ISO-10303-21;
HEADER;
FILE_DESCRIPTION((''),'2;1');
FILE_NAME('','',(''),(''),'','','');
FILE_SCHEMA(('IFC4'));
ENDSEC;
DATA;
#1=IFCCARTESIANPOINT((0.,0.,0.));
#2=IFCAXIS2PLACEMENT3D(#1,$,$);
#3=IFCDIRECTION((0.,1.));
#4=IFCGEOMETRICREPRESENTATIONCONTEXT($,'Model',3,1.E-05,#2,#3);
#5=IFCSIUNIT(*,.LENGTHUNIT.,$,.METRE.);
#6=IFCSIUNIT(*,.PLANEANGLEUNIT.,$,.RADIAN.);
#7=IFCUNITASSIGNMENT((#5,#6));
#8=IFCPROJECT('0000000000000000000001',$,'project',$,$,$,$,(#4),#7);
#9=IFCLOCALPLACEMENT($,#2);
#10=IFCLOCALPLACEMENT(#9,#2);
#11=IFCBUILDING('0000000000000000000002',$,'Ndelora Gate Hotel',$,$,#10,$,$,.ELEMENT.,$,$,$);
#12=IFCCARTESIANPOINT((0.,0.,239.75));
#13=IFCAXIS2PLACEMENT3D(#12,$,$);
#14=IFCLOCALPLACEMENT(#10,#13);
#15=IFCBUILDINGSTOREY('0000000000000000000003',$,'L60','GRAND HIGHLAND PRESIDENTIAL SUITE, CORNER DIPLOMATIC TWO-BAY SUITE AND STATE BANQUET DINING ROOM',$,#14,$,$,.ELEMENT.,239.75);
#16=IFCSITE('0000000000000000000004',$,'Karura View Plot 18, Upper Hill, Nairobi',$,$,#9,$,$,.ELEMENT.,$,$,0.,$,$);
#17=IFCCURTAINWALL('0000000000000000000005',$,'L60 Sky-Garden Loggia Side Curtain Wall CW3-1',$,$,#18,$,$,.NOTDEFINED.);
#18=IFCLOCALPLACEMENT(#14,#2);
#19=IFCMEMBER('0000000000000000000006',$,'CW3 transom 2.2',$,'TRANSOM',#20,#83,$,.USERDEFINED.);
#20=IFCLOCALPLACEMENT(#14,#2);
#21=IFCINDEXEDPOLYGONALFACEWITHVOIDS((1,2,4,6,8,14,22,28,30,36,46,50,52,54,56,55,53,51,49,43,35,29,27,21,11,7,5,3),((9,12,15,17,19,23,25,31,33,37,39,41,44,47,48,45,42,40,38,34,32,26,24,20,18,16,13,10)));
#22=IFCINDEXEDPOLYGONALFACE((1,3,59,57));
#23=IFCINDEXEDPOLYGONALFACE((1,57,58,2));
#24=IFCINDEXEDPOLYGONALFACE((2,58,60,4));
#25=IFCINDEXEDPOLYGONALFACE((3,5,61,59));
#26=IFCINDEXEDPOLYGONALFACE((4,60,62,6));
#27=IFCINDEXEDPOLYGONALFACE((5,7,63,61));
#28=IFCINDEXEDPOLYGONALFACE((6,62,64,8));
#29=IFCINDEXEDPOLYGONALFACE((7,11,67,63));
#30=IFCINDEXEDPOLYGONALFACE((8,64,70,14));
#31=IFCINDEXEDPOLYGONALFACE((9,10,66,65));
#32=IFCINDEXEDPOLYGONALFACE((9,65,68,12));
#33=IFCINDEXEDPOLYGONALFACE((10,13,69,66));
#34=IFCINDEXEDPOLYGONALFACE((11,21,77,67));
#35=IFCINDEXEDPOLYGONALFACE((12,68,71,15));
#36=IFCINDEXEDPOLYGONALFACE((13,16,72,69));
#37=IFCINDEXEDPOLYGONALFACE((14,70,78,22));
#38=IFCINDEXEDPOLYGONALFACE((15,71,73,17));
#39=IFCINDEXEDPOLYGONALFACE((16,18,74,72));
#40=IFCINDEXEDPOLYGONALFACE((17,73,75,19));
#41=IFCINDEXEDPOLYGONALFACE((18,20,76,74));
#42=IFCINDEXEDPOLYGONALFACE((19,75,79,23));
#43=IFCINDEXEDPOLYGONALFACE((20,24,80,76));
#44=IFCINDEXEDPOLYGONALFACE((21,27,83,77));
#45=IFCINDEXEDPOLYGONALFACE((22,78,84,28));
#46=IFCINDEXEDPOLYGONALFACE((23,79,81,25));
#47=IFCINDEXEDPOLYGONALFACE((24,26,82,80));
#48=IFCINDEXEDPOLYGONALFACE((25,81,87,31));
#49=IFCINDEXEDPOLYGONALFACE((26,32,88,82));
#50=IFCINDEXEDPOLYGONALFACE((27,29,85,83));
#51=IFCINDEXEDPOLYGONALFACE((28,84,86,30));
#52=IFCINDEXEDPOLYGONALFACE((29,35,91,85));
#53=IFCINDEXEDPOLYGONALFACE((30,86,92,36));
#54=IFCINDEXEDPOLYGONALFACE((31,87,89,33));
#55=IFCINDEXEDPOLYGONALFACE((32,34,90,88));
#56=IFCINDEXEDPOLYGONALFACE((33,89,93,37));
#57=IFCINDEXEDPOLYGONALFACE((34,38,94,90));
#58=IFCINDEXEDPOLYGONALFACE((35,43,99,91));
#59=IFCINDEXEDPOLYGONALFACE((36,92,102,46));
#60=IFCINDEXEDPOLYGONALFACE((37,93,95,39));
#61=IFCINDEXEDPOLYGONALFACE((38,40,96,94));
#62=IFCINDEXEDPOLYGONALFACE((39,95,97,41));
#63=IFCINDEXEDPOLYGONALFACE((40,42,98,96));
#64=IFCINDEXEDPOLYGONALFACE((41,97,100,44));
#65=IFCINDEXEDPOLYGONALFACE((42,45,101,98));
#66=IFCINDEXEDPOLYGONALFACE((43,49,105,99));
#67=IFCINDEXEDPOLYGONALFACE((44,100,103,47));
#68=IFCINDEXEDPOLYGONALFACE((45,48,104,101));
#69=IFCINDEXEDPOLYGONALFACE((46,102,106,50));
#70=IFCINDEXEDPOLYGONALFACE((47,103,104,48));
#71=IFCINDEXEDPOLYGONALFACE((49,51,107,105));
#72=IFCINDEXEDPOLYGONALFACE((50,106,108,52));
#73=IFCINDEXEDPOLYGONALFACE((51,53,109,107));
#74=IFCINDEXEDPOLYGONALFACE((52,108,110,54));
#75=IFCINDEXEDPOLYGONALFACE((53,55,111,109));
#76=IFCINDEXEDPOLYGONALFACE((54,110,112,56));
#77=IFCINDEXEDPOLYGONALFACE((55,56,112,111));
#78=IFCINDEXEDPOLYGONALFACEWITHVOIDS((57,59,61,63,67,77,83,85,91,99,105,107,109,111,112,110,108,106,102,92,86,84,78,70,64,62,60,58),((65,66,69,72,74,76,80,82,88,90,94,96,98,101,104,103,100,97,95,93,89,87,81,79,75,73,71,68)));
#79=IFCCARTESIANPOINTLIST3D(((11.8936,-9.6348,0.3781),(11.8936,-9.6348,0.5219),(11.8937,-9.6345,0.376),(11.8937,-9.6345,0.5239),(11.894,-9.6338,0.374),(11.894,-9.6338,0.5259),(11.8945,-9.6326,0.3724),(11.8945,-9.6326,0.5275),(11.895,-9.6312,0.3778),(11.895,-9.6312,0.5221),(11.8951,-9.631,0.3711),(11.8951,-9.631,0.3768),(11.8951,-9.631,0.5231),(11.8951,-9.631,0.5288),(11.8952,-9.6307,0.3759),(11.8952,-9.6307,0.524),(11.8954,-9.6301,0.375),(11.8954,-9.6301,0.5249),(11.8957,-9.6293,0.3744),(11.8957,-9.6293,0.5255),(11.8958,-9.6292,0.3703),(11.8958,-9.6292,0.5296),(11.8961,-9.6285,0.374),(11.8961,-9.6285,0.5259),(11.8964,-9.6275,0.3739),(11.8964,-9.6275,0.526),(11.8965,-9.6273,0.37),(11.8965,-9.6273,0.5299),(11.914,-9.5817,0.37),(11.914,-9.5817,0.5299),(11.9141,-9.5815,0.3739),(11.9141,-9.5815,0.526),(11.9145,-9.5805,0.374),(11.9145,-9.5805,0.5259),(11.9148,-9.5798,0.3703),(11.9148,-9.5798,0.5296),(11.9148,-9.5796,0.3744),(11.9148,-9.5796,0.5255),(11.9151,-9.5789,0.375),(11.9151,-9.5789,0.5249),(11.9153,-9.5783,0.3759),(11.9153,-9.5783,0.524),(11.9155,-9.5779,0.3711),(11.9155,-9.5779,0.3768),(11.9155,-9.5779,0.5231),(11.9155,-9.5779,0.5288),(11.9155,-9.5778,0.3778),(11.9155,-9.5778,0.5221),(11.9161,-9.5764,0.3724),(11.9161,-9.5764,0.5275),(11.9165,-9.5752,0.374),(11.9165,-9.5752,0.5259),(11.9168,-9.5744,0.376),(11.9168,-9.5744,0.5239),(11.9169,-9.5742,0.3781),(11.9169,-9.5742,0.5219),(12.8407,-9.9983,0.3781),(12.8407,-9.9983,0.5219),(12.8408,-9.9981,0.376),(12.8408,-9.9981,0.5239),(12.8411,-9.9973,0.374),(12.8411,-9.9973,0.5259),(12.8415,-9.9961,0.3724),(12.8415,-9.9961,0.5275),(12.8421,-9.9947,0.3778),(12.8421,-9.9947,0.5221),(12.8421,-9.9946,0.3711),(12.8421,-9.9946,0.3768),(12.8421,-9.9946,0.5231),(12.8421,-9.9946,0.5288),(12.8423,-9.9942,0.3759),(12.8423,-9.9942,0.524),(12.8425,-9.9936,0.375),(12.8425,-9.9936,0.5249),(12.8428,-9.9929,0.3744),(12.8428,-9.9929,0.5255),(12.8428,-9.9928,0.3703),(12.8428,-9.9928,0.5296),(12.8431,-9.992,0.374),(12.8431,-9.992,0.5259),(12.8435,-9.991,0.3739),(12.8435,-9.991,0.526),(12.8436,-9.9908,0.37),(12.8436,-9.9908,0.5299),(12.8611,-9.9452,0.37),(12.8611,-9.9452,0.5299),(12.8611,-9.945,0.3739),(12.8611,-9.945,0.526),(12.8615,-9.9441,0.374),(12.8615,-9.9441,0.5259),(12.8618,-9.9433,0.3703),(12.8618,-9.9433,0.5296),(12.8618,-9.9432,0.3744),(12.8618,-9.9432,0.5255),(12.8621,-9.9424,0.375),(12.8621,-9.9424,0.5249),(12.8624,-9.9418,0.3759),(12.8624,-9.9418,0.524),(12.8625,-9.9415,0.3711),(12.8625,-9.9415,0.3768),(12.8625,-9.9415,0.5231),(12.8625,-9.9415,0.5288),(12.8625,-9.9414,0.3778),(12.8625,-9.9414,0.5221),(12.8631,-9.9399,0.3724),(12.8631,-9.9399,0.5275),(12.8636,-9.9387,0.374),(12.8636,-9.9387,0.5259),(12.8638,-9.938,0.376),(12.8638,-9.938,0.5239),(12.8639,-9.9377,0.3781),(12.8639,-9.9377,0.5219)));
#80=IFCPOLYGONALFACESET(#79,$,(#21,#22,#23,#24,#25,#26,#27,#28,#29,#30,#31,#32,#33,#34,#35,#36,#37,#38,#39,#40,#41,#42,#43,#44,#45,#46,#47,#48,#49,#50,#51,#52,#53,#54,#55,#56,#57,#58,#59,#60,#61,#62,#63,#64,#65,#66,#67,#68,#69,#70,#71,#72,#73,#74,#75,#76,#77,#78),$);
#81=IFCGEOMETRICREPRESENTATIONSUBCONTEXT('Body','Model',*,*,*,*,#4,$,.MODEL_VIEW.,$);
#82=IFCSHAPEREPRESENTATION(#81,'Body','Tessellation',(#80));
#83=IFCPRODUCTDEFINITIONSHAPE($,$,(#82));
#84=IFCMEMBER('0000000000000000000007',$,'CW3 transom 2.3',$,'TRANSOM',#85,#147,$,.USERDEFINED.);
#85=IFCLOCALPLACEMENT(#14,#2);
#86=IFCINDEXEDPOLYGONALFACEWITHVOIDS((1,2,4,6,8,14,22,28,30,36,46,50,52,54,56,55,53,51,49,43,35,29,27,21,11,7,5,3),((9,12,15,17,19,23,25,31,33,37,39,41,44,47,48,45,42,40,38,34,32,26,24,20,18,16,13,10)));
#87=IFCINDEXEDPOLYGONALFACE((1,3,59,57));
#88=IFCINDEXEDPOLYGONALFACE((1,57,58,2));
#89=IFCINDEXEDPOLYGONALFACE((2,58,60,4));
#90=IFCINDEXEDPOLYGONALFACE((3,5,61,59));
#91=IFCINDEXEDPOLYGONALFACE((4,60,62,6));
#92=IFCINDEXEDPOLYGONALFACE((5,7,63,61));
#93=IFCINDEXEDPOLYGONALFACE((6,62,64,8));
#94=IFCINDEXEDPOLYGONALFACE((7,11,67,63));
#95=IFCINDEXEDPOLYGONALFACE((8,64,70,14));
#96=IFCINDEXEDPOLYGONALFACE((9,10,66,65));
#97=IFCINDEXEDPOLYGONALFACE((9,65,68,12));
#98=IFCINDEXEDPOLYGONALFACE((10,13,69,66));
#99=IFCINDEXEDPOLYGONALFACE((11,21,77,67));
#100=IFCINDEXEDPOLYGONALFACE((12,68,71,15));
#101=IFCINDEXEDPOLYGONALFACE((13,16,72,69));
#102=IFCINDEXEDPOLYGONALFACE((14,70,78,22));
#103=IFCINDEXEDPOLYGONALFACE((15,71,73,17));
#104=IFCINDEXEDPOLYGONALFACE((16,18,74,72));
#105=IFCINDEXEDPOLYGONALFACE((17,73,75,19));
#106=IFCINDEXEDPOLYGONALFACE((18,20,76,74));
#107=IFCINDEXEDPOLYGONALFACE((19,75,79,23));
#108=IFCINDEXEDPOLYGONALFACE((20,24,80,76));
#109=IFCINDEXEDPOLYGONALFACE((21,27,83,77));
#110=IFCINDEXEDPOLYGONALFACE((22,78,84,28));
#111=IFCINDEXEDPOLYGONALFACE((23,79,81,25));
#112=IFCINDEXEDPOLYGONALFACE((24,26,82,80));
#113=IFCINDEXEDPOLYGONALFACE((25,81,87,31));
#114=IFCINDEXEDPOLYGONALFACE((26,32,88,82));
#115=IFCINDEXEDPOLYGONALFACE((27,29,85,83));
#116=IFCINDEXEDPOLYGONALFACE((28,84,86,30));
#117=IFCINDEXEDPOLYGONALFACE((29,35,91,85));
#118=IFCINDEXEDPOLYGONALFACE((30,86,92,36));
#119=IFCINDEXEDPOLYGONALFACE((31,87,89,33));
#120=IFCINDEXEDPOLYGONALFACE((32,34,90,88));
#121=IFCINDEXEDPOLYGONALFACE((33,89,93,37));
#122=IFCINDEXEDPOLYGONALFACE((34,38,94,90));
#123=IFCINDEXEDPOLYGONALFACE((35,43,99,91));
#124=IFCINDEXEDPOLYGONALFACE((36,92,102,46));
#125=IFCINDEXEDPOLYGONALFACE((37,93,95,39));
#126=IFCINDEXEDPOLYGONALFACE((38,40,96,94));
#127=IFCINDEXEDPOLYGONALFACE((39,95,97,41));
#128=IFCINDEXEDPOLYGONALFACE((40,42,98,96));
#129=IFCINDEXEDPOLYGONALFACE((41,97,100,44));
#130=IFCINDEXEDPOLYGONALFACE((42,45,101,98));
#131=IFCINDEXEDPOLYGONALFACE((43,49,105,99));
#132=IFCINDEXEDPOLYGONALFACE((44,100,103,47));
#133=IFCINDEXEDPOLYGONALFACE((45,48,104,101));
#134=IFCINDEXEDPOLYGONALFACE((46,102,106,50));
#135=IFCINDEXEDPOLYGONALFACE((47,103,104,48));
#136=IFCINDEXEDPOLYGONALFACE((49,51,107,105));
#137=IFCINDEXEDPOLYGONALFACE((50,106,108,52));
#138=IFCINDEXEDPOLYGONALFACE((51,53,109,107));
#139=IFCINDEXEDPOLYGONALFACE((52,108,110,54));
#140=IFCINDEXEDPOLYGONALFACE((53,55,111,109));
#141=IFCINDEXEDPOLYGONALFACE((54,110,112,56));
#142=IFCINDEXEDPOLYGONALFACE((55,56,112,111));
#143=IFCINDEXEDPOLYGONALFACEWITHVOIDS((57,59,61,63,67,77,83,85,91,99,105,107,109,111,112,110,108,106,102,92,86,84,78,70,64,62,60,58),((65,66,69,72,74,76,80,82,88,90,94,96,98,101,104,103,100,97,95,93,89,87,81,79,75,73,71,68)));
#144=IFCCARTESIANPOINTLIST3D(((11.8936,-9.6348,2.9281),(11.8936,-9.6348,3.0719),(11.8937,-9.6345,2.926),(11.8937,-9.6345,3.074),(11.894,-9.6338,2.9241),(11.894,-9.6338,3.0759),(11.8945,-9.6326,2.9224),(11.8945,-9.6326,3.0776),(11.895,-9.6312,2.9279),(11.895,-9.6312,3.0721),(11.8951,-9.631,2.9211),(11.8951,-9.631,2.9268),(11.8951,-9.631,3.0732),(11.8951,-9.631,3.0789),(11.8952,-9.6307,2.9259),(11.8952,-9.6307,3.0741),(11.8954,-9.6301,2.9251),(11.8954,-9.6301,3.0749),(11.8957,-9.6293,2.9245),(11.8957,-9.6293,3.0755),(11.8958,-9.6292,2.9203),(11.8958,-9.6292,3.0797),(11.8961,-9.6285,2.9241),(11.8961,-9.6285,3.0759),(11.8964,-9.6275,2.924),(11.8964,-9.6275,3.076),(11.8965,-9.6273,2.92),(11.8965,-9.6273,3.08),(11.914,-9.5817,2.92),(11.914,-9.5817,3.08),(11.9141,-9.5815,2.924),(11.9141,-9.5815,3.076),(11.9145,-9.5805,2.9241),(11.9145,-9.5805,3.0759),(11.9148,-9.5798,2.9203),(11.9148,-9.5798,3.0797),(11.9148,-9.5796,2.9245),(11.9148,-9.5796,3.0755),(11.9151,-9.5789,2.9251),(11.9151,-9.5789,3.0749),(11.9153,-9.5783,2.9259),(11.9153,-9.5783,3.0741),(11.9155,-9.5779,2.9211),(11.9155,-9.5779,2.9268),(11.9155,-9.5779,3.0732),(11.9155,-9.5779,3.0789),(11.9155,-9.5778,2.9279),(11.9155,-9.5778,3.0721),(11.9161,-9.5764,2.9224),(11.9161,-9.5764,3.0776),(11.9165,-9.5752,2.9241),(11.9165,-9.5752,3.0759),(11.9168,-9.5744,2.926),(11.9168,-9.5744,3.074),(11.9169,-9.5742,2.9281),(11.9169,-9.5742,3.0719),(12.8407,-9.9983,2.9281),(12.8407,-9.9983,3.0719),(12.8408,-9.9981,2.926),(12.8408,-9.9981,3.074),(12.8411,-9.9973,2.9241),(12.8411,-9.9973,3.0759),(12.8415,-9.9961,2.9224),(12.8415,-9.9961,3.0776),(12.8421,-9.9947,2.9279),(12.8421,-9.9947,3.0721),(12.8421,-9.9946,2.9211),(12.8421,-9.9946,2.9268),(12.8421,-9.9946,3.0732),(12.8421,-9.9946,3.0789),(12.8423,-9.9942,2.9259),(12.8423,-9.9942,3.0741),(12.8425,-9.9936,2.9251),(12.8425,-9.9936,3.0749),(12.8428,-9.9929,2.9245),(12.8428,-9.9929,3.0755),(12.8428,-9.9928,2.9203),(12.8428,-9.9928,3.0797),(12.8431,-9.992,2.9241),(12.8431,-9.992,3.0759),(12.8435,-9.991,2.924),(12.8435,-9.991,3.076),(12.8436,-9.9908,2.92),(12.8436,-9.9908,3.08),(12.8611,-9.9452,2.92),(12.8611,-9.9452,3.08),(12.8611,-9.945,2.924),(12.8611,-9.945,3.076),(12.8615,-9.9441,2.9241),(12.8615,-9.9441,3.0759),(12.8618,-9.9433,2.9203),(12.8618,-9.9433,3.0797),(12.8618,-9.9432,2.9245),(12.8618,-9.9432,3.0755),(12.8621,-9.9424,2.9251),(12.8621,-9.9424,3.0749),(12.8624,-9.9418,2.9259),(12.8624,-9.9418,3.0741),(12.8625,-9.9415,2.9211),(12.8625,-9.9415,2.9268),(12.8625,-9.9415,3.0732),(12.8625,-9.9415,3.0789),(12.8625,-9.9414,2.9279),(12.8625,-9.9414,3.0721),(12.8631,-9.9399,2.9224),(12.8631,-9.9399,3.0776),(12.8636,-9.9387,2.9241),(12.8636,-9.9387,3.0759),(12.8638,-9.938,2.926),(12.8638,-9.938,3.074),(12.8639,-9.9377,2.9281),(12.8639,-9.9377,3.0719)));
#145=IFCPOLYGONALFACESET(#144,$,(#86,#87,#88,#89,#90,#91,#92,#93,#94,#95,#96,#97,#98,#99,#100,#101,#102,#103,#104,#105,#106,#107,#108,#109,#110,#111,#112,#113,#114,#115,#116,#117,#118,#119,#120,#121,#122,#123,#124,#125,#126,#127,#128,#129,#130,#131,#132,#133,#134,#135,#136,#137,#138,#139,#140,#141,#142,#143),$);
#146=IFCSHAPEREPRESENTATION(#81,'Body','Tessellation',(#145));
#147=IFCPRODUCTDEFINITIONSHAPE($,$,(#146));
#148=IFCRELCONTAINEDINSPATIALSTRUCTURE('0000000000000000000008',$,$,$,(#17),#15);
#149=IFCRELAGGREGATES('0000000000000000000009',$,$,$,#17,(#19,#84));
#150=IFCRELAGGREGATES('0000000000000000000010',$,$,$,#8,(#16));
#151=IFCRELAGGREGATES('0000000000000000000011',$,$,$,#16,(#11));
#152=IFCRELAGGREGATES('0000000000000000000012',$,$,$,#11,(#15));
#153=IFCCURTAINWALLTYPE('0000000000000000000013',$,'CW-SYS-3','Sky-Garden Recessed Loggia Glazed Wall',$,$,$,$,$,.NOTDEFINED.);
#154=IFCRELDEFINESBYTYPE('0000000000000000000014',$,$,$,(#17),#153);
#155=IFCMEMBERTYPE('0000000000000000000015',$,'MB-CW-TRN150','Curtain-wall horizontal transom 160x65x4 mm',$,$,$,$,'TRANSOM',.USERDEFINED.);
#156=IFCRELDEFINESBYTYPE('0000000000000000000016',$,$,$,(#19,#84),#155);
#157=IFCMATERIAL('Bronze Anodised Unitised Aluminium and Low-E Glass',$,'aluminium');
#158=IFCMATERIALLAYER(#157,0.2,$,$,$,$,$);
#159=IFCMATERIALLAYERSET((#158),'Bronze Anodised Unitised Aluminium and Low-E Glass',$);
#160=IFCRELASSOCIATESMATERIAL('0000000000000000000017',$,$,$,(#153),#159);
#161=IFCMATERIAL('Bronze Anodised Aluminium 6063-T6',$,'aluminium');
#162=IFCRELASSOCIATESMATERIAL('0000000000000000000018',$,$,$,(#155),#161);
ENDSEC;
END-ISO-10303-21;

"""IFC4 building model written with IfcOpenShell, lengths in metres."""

from ifc_helpers import new_model, si_unit, direction, frame, origin, origin_2d, place, context, subcontext, project, spatial, hollow_rectangle, extrude, material, layer, layer_set, material_profile, profile_set, type_object, element, aggregate, save


model = new_model("IFC4")

# Units and contexts
model_context = context("Model", 3, precision=1e-05, world=origin(), true_north=direction((0.0, 1.0)))
body_context = subcontext(model_context, "Body", "Model", "MODEL_VIEW")
ifc_project = project(units=[si_unit("LENGTHUNIT", "METRE"), si_unit("PLANEANGLEUNIT", "RADIAN")], contexts=[model_context])

# Site, building, storey
site_placement = place(None, origin())
site = spatial("IfcSite", under=ifc_project, at=site_placement, Name="Karura View Plot 18, Upper Hill, Nairobi", CompositionType="ELEMENT", RefElevation=0.0)
building_placement = place(site_placement, origin())
building = spatial("IfcBuilding", under=site, at=building_placement, Name="Ndelora Gate Hotel", CompositionType="ELEMENT")
storey_placement = place(building_placement, frame((0.0, 0.0, 239.75)))
storey = spatial("IfcBuildingStorey", under=building, at=storey_placement, Name="L60", Description="GRAND HIGHLAND PRESIDENTIAL SUITE, CORNER DIPLOMATIC TWO-BAY SUITE AND STATE BANQUET DINING ROOM", CompositionType="ELEMENT", Elevation=239.75)

# Curtain wall, members
ifc_material_1 = material(Name="Bronze Anodised Unitised Aluminium and Low-E Glass", Category="aluminium")
ifc_layer_1 = layer(ifc_material_1, 0.2)
ifc_layer_set_1 = layer_set([ifc_layer_1], Name="Bronze Anodised Unitised Aluminium and Low-E Glass")
curtain_wall_type = type_object("IfcCurtainWallType", Name="CW-SYS-3", Description="Sky-Garden Recessed Loggia Glazed Wall", PredefinedType="NOTDEFINED", material=ifc_layer_set_1)
curtain_wall_placement = place(storey_placement, origin())
curtain_wall = element("IfcCurtainWall", 1, at=curtain_wall_placement, inside=storey, type_object=curtain_wall_type, Name="L60 Sky-Garden Loggia Side Curtain Wall CW3-1", PredefinedType="NOTDEFINED")
ifc_material_2 = material(Name="Bronze Anodised Aluminium 6063-T6", Category="aluminium")
ifc_material_profile_1 = material_profile(ifc_material_2, hollow_rectangle(XDim=0.0649, YDim=0.1599, WallThickness=0.0039, InnerFilletRadius=0.0039, OuterFilletRadius=0.0081, at=origin_2d()), Name="ALU 160x65x4")
ifc_profile_set_1 = profile_set([ifc_material_profile_1], Name="Bronze Anodised Aluminium 6063-T6")
member_type_1 = type_object("IfcMemberType", Name="MB-CW-TRN150", Description="Curtain-wall horizontal transom 160x65x4 mm", ElementType="TRANSOM", PredefinedType="USERDEFINED", material=ifc_profile_set_1)
member_1_placement = place(storey_placement, frame((11.9053, -9.6045, 0.45), z_axis=(0.933581, -0.358366, 0.0), x_axis=(0.358366, 0.933581, 0.0)))
member_1 = element("IfcMember", 2, at=member_1_placement, type_object=member_type_1, Name="CW3 transom 2.2", ObjectType="TRANSOM", PredefinedType="USERDEFINED", context=body_context, shape_type="SweptSolid", body=[
    extrude(hollow_rectangle(XDim=0.0649, YDim=0.1599, WallThickness=0.0039, InnerFilletRadius=0.0039, OuterFilletRadius=0.0081, at=origin_2d()), origin(), (0.0, 0.0, 1.0), 1.0144),
])
member_2_placement = place(storey_placement, frame((11.9053, -9.6045, 3.0), z_axis=(0.933581, -0.358366, 0.0), x_axis=(0.358366, 0.933581, 0.0)))
member_2 = element("IfcMember", 3, at=member_2_placement, type_object=member_type_1, Name="CW3 transom 2.3", ObjectType="TRANSOM", PredefinedType="USERDEFINED", context=body_context, shape_type="SweptSolid", body=[
    extrude(hollow_rectangle(XDim=0.0649, YDim=0.1599, WallThickness=0.0039, InnerFilletRadius=0.0039, OuterFilletRadius=0.0081, at=origin_2d()), origin(), (0.0, 0.0, 1.0), 1.0144),
])
aggregate(curtain_wall, [member_1, member_2])

save(model, "model.ifc")
